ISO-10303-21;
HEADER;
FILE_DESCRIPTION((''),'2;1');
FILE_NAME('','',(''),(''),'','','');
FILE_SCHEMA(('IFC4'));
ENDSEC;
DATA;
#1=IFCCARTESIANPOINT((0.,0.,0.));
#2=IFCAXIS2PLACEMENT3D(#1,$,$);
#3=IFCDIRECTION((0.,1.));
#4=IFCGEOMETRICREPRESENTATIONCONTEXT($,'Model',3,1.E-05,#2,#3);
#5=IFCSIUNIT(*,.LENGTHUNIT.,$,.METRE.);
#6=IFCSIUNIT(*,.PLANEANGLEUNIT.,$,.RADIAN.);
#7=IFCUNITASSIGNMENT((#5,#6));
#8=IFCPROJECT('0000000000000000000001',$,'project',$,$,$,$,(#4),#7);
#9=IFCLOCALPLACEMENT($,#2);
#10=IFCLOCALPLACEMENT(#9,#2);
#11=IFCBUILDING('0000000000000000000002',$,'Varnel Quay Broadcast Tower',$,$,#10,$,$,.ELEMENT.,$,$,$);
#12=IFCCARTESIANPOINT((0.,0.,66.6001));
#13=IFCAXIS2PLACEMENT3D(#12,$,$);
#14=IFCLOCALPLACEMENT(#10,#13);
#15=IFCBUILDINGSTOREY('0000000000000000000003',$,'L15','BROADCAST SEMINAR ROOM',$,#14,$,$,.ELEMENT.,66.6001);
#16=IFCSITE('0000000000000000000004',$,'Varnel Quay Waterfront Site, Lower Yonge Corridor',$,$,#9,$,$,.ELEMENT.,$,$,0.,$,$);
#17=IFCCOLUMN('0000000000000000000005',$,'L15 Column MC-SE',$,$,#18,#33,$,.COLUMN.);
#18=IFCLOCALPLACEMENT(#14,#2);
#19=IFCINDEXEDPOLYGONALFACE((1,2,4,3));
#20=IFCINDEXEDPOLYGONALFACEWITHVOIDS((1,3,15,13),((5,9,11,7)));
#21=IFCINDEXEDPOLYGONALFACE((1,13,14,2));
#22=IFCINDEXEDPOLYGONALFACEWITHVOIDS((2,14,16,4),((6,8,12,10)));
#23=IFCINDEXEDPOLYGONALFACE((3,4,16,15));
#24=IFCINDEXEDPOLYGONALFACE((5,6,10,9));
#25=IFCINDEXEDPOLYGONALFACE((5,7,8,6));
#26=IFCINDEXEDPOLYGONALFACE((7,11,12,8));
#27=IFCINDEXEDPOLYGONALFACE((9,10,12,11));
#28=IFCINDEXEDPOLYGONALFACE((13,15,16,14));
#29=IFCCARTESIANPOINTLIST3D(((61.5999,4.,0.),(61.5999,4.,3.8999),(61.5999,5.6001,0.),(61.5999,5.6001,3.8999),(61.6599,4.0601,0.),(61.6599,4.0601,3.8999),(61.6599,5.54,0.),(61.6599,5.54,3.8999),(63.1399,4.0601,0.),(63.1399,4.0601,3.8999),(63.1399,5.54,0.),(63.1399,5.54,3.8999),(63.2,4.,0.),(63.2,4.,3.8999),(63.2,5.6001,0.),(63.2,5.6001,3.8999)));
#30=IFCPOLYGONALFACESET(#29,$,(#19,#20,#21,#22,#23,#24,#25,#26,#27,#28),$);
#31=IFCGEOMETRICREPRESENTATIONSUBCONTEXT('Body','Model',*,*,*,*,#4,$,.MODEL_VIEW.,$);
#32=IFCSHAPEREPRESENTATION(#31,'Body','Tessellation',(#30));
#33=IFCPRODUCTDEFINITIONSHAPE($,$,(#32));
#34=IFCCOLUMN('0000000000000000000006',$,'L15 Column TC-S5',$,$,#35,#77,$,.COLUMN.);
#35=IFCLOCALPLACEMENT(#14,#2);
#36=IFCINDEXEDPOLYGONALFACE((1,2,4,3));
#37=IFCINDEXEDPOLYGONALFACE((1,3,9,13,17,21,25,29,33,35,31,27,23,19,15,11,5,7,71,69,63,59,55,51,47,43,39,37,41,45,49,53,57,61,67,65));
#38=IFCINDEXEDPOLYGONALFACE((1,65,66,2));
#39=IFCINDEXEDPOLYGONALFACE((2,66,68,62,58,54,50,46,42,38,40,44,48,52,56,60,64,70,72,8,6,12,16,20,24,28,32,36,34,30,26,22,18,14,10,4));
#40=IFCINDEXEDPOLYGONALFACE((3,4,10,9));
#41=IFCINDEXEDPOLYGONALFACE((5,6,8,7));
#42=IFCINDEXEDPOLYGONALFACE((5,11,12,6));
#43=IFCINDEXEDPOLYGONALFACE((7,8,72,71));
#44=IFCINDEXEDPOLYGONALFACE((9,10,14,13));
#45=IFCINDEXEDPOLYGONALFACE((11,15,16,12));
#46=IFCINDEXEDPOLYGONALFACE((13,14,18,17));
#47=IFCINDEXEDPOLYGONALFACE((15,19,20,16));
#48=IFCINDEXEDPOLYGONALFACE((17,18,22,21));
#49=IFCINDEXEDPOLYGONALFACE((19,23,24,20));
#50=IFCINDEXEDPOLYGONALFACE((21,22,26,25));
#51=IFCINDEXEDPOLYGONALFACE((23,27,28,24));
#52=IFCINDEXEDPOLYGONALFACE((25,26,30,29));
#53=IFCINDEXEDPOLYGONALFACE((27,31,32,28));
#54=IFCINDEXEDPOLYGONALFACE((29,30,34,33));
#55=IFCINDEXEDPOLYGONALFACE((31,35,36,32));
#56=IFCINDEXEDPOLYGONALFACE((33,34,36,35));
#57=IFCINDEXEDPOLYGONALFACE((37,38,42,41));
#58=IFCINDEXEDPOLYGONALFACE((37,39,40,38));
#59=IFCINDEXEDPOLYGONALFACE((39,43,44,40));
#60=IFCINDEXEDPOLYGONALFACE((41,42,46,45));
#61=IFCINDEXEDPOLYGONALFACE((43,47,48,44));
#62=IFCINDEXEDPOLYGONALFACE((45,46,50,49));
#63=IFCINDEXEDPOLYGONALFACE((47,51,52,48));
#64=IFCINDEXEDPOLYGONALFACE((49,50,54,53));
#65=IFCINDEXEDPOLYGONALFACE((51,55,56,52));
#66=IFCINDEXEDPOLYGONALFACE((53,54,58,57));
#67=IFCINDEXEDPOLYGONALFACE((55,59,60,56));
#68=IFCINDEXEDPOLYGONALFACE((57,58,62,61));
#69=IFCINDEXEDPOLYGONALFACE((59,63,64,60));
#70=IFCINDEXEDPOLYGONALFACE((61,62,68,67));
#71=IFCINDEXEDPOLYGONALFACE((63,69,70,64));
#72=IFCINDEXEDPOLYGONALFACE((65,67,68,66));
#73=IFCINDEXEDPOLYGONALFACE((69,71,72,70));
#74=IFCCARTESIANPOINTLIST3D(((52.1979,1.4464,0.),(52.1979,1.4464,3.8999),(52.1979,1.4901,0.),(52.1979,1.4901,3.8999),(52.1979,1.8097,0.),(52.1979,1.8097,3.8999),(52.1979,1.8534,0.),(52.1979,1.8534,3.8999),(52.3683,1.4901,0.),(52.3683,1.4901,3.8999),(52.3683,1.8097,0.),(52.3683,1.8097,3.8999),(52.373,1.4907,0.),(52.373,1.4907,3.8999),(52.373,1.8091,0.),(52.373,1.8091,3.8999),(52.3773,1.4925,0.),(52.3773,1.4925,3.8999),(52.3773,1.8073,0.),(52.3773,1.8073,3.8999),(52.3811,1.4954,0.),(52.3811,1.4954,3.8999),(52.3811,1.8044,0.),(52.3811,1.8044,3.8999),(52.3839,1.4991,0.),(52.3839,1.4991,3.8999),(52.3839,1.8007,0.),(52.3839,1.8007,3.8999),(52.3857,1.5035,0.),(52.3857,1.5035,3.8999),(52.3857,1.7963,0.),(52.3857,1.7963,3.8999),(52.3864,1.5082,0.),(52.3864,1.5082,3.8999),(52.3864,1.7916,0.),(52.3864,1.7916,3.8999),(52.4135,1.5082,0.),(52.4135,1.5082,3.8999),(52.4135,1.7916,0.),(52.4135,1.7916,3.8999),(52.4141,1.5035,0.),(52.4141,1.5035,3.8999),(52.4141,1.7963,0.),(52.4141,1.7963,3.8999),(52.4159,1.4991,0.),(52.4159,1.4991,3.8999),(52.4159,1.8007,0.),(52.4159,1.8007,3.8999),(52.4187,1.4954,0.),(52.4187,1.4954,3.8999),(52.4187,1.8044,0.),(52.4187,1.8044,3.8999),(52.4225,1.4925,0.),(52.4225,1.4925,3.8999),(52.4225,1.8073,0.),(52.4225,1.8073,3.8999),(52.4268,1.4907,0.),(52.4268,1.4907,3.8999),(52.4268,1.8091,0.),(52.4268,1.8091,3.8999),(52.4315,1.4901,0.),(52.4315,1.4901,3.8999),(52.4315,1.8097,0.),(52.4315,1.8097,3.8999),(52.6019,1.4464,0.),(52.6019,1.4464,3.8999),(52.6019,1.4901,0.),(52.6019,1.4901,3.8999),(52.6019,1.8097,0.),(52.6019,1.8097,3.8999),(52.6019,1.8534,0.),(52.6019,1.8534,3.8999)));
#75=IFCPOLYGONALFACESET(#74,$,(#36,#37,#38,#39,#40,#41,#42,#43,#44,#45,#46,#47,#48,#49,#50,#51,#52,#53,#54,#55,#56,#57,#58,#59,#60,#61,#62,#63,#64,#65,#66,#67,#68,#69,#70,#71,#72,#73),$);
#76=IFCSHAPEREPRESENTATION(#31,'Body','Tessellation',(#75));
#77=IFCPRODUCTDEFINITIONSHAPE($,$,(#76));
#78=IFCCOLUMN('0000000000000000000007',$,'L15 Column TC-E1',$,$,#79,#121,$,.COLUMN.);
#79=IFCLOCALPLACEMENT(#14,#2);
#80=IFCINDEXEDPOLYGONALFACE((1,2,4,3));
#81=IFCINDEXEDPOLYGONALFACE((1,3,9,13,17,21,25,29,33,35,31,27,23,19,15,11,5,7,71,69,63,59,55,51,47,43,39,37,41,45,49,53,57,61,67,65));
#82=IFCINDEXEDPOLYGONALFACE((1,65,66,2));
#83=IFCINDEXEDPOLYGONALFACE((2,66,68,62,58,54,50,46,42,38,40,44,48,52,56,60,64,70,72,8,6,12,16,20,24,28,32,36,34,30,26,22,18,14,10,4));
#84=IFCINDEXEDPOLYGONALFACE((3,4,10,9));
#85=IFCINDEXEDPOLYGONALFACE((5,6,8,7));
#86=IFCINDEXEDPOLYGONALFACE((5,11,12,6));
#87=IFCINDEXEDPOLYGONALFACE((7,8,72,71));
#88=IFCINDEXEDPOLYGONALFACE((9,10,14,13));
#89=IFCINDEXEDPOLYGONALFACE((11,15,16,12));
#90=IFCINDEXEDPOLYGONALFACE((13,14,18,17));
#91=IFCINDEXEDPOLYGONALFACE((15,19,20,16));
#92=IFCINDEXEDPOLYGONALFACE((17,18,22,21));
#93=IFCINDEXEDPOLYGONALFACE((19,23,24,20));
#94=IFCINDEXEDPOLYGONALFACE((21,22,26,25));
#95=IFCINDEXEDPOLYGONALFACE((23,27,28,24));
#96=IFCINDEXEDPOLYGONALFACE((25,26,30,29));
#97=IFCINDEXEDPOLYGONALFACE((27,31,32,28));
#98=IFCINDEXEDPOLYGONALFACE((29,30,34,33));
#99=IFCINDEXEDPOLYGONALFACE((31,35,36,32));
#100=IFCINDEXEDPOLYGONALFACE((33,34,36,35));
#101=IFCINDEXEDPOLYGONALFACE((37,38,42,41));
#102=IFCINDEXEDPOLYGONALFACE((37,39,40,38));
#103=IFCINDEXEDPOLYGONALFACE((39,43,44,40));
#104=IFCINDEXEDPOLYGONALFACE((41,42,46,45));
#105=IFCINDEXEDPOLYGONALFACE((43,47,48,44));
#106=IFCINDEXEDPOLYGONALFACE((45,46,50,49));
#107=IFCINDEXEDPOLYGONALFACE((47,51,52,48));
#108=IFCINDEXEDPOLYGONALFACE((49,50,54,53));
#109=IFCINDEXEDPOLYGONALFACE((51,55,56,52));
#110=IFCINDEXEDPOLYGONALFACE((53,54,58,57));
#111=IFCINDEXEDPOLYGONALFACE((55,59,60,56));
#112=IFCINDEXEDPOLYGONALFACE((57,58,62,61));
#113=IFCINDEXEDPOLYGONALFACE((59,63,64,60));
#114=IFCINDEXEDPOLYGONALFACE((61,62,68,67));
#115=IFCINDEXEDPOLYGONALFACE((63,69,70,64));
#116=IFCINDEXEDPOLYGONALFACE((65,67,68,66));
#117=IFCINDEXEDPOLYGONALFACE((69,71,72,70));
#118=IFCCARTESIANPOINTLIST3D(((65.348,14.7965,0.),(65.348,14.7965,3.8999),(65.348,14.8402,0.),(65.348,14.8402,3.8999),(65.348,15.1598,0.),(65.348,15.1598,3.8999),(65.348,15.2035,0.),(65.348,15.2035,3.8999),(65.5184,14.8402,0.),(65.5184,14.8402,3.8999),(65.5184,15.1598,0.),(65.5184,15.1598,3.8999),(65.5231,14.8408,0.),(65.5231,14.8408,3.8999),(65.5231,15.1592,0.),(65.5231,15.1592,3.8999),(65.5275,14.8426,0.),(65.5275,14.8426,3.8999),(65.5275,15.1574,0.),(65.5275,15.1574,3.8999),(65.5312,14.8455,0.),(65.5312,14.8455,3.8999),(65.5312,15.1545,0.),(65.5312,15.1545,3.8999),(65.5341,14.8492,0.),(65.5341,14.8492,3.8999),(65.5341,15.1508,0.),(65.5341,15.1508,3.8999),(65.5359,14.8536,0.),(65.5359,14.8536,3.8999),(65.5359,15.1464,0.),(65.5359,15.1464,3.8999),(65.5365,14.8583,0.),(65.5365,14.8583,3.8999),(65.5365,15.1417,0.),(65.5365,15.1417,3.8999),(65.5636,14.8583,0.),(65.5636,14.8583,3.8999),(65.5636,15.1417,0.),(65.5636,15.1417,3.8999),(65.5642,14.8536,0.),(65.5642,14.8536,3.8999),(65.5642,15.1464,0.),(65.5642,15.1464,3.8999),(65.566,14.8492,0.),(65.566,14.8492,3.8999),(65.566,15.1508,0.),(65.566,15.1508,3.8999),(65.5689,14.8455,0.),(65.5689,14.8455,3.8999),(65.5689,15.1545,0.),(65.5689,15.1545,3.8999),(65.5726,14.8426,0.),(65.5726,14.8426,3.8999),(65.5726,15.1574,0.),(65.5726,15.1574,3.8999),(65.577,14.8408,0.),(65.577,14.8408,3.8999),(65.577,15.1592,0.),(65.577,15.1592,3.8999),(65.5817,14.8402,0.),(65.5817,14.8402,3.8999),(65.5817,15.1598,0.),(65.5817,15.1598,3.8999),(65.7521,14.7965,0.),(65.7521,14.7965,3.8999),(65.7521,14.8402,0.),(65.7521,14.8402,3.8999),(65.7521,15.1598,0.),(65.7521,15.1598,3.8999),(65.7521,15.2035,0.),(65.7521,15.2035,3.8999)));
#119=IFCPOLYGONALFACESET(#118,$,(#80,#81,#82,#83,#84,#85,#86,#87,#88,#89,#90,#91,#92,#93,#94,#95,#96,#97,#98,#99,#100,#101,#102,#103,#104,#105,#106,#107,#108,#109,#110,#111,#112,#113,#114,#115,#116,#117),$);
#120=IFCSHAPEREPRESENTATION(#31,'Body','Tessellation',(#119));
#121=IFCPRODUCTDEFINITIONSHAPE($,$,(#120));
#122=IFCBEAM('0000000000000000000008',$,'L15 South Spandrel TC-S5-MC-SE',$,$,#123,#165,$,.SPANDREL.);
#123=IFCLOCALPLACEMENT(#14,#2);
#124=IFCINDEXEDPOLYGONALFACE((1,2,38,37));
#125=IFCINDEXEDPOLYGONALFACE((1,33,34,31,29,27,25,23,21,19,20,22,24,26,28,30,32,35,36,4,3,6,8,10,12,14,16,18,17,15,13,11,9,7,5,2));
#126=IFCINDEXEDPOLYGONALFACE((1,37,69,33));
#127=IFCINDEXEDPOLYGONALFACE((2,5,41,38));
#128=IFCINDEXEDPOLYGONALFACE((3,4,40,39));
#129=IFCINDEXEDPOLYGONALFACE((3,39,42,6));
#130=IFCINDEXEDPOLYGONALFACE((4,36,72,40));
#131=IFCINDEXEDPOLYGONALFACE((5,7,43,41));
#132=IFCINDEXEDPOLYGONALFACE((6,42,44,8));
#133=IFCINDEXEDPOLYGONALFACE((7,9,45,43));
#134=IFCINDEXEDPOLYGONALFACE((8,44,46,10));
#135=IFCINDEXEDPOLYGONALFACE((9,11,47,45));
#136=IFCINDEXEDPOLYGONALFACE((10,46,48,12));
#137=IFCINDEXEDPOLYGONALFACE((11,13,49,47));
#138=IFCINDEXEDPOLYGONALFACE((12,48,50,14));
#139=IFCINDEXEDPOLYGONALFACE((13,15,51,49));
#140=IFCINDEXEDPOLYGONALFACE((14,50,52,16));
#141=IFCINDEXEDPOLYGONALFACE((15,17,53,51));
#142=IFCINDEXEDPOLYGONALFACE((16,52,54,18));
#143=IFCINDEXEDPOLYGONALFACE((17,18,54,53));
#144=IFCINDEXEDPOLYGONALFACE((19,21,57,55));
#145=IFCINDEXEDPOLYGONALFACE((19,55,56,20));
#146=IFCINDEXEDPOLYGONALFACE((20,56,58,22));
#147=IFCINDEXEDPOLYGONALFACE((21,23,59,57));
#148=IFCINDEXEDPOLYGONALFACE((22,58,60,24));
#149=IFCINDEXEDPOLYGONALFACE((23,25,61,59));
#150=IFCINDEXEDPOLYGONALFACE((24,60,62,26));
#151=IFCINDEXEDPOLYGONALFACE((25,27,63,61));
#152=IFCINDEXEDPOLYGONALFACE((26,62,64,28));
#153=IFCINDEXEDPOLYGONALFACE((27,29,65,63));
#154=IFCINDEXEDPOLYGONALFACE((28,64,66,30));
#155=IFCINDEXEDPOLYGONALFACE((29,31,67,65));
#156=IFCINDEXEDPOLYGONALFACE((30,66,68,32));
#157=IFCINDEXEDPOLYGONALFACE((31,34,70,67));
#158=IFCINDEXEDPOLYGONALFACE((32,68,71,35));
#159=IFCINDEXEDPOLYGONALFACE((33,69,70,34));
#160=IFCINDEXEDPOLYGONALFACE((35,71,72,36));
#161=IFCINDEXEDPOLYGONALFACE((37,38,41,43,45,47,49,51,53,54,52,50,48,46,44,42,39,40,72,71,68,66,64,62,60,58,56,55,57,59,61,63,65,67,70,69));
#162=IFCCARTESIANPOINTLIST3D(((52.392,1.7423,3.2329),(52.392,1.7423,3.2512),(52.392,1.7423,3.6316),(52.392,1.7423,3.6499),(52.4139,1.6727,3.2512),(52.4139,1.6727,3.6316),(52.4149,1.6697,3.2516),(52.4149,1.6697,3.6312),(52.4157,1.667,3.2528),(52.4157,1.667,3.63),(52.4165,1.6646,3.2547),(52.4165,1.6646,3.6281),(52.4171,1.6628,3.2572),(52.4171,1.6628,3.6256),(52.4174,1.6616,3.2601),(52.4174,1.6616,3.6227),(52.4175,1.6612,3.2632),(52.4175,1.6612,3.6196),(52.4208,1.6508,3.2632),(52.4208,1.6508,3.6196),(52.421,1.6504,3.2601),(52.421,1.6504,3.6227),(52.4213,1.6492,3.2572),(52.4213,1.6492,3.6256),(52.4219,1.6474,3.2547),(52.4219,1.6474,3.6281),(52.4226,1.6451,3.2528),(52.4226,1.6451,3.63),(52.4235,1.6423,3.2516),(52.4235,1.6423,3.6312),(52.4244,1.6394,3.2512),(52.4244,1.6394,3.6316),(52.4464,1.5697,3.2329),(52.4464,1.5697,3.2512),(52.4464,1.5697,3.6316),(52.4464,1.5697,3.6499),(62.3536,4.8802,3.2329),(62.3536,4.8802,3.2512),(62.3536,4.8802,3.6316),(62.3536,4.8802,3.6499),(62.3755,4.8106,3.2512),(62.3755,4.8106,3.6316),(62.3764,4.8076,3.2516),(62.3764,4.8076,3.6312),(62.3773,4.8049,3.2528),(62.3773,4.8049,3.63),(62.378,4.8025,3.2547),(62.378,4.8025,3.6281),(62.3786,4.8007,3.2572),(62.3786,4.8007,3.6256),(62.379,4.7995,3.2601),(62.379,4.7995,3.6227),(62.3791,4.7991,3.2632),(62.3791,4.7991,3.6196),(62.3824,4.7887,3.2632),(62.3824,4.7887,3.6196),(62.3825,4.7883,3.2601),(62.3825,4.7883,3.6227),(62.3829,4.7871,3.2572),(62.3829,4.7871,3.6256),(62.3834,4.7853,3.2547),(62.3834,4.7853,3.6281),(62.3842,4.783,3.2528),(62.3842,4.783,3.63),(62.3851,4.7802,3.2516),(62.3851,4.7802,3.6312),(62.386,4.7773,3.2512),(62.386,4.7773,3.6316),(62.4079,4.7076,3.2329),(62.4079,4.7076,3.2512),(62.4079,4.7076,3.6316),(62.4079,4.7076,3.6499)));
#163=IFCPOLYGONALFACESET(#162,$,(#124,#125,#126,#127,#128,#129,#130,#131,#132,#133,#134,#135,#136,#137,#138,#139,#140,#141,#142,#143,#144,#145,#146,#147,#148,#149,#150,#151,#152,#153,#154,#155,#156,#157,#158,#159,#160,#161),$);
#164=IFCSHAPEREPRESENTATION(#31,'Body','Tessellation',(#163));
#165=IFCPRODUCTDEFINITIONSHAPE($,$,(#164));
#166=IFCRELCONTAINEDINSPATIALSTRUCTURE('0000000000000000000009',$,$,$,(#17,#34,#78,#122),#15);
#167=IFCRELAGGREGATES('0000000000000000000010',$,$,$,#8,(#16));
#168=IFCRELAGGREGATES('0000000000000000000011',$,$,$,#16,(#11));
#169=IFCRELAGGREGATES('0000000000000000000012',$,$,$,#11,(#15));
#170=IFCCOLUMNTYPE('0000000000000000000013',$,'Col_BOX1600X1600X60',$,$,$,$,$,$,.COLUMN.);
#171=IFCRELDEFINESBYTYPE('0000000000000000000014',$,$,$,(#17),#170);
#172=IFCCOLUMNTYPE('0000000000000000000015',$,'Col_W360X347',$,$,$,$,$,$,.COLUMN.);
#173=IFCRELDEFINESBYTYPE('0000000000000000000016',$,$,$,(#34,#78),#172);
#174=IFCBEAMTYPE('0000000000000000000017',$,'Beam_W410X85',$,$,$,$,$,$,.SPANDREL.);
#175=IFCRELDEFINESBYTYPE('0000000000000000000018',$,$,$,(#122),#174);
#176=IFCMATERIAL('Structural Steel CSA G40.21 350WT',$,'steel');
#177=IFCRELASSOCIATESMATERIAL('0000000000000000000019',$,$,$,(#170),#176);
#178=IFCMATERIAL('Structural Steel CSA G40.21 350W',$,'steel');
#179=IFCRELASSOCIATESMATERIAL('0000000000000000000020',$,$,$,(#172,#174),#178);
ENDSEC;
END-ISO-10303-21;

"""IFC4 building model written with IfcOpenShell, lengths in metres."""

from ifc_helpers import new_model, si_unit, direction, frame, origin, origin_2d, place, context, subcontext, project, spatial, hollow_rectangle, i_section, extrude, source, transform, mapped, material, material_profile, profile_set, type_object, type_shapes, element, save


model = new_model("IFC4")

# Units and contexts
model_context = context("Model", 3, precision=1e-05, world=origin(), true_north=direction((0.0, 1.0)))
body_context = subcontext(model_context, "Body", "Model", "MODEL_VIEW")
ifc_project = project(units=[si_unit("LENGTHUNIT", "METRE"), si_unit("PLANEANGLEUNIT", "RADIAN")], contexts=[model_context])

# Site, building, storey
site_placement = place(None, origin())
site = spatial("IfcSite", under=ifc_project, at=site_placement, Name="Varnel Quay Waterfront Site, Lower Yonge Corridor", CompositionType="ELEMENT", RefElevation=0.0)
building_placement = place(site_placement, origin())
building = spatial("IfcBuilding", under=site, at=building_placement, Name="Varnel Quay Broadcast Tower", CompositionType="ELEMENT")
storey_placement = place(building_placement, frame((0.0, 0.0, 66.6001)))
storey = spatial("IfcBuildingStorey", under=building, at=storey_placement, Name="L15", Description="BROADCAST SEMINAR ROOM", CompositionType="ELEMENT", Elevation=66.6001)

# Columns
ifc_material_1 = material(Name="Structural Steel CSA G40.21 350WT", Category="steel")
ifc_material_profile_1 = material_profile(ifc_material_1, hollow_rectangle(XDim=1.6001, YDim=1.6001, WallThickness=0.0601, at=origin_2d()), Name="BOX1600X1600X60")
ifc_profile_set_1 = profile_set([ifc_material_profile_1], Name="Structural Steel CSA G40.21 350WT")
column_type_1 = type_object("IfcColumnType", Name="Col_BOX1600X1600X60", PredefinedType="COLUMN", material=ifc_profile_set_1)
shared_shape_1 = source(origin(), body_context, "Body", "SweptSolid", [
    extrude(hollow_rectangle(XDim=1.6001, YDim=1.6001, WallThickness=0.0601, at=origin_2d()), origin(), (0.0, 0.0, 1.0), 3.8999),
])
type_shapes(column_type_1, [shared_shape_1])
column_placement = place(storey_placement, frame((62.3999, 4.8, 0.0), z_axis=(0.0, 0.0, 1.0), x_axis=(1.0, 0.0, 0.0)))
element("IfcColumn", 1, at=column_placement, inside=storey, type_object=column_type_1, Name="L15 Column MC-SE", PredefinedType="COLUMN", context=body_context, shape_type="MappedRepresentation", body=[
    mapped(shared_shape_1, transform((0.0, 0.0, 0.0), x_axis=(1.0, 0.0, 0.0), y_axis=(0.0, 1.0, 0.0), z_axis=(0.0, 0.0, 1.0), scale=1.0)),
])
ifc_material_2 = material(Name="Structural Steel CSA G40.21 350W", Category="steel")
ifc_material_profile_2 = material_profile(ifc_material_2, i_section(OverallWidth=0.4041, OverallDepth=0.407, WebThickness=0.0271, FlangeThickness=0.0437, FilletRadius=0.0181, at=origin_2d()), Name="W360X347")
ifc_profile_set_2 = profile_set([ifc_material_profile_2], Name="Structural Steel CSA G40.21 350W")
column_type_2 = type_object("IfcColumnType", Name="Col_W360X347", PredefinedType="COLUMN", material=ifc_profile_set_2)
shared_shape_2 = source(origin(), body_context, "Body", "SweptSolid", [
    extrude(i_section(OverallWidth=0.4041, OverallDepth=0.407, WebThickness=0.0271, FlangeThickness=0.0437, FilletRadius=0.0181, at=origin_2d()), origin(), (0.0, 0.0, 1.0), 3.8999),
])
type_shapes(column_type_2, [shared_shape_2])
for number, where, z_axis, x_axis, name in (
    (2, (52.3999, 1.6499, 0.0), (0.0, 0.0, 1.0), (1.0, 0.0, 0.0), "L15 Column TC-S5"),
    (3, (65.55, 15.0, 0.0), (0.0, 0.0, 1.0), (1.0, 0.0, 0.0), "L15 Column TC-E1"),
):
    element("IfcColumn", number, at=place(storey_placement, frame(where, z_axis=z_axis, x_axis=x_axis)), inside=storey, type_object=column_type_2, Name=name, PredefinedType="COLUMN", context=body_context, shape_type="MappedRepresentation", body=[
        mapped(shared_shape_2, transform((0.0, 0.0, 0.0), x_axis=(1.0, 0.0, 0.0), y_axis=(0.0, 1.0, 0.0), z_axis=(0.0, 0.0, 1.0), scale=1.0)),
    ])

# Beam
ifc_material_profile_3 = material_profile(ifc_material_2, i_section(OverallWidth=0.1809, OverallDepth=0.417, WebThickness=0.011, FlangeThickness=0.0183, FilletRadius=0.012, at=origin_2d()), Name="W410X85")
ifc_profile_set_3 = profile_set([ifc_material_profile_3], Name="Structural Steel CSA G40.21 350W")
beam_type = type_object("IfcBeamType", Name="Beam_W410X85", PredefinedType="SPANDREL", material=ifc_profile_set_3)
shared_shape_3 = source(origin(), body_context, "Body", "SweptSolid", [
    extrude(i_section(OverallWidth=0.1809, OverallDepth=0.417, WebThickness=0.011, FlangeThickness=0.0183, FilletRadius=0.012, at=origin_2d()), origin(), (0.0, 0.0, 1.0), 10.4441),
])
beam_1_placement = place(storey_placement, frame((52.4192, 1.656, 3.4414), z_axis=(0.953798, 0.300448, 0.0), x_axis=(-0.300448, 0.953798, 0.0)))
element("IfcBeam", 4, at=beam_1_placement, inside=storey, type_object=beam_type, Name="L15 South Spandrel TC-S5-MC-SE", PredefinedType="SPANDREL", context=body_context, shape_type="MappedRepresentation", body=[
    mapped(shared_shape_3, transform((0.0, 0.0, 0.0), x_axis=(1.0, 0.0, 0.0), y_axis=(0.0, 1.0, 0.0), z_axis=(0.0, 0.0, 1.0), scale=1.0)),
])

save(model, "model.ifc")
